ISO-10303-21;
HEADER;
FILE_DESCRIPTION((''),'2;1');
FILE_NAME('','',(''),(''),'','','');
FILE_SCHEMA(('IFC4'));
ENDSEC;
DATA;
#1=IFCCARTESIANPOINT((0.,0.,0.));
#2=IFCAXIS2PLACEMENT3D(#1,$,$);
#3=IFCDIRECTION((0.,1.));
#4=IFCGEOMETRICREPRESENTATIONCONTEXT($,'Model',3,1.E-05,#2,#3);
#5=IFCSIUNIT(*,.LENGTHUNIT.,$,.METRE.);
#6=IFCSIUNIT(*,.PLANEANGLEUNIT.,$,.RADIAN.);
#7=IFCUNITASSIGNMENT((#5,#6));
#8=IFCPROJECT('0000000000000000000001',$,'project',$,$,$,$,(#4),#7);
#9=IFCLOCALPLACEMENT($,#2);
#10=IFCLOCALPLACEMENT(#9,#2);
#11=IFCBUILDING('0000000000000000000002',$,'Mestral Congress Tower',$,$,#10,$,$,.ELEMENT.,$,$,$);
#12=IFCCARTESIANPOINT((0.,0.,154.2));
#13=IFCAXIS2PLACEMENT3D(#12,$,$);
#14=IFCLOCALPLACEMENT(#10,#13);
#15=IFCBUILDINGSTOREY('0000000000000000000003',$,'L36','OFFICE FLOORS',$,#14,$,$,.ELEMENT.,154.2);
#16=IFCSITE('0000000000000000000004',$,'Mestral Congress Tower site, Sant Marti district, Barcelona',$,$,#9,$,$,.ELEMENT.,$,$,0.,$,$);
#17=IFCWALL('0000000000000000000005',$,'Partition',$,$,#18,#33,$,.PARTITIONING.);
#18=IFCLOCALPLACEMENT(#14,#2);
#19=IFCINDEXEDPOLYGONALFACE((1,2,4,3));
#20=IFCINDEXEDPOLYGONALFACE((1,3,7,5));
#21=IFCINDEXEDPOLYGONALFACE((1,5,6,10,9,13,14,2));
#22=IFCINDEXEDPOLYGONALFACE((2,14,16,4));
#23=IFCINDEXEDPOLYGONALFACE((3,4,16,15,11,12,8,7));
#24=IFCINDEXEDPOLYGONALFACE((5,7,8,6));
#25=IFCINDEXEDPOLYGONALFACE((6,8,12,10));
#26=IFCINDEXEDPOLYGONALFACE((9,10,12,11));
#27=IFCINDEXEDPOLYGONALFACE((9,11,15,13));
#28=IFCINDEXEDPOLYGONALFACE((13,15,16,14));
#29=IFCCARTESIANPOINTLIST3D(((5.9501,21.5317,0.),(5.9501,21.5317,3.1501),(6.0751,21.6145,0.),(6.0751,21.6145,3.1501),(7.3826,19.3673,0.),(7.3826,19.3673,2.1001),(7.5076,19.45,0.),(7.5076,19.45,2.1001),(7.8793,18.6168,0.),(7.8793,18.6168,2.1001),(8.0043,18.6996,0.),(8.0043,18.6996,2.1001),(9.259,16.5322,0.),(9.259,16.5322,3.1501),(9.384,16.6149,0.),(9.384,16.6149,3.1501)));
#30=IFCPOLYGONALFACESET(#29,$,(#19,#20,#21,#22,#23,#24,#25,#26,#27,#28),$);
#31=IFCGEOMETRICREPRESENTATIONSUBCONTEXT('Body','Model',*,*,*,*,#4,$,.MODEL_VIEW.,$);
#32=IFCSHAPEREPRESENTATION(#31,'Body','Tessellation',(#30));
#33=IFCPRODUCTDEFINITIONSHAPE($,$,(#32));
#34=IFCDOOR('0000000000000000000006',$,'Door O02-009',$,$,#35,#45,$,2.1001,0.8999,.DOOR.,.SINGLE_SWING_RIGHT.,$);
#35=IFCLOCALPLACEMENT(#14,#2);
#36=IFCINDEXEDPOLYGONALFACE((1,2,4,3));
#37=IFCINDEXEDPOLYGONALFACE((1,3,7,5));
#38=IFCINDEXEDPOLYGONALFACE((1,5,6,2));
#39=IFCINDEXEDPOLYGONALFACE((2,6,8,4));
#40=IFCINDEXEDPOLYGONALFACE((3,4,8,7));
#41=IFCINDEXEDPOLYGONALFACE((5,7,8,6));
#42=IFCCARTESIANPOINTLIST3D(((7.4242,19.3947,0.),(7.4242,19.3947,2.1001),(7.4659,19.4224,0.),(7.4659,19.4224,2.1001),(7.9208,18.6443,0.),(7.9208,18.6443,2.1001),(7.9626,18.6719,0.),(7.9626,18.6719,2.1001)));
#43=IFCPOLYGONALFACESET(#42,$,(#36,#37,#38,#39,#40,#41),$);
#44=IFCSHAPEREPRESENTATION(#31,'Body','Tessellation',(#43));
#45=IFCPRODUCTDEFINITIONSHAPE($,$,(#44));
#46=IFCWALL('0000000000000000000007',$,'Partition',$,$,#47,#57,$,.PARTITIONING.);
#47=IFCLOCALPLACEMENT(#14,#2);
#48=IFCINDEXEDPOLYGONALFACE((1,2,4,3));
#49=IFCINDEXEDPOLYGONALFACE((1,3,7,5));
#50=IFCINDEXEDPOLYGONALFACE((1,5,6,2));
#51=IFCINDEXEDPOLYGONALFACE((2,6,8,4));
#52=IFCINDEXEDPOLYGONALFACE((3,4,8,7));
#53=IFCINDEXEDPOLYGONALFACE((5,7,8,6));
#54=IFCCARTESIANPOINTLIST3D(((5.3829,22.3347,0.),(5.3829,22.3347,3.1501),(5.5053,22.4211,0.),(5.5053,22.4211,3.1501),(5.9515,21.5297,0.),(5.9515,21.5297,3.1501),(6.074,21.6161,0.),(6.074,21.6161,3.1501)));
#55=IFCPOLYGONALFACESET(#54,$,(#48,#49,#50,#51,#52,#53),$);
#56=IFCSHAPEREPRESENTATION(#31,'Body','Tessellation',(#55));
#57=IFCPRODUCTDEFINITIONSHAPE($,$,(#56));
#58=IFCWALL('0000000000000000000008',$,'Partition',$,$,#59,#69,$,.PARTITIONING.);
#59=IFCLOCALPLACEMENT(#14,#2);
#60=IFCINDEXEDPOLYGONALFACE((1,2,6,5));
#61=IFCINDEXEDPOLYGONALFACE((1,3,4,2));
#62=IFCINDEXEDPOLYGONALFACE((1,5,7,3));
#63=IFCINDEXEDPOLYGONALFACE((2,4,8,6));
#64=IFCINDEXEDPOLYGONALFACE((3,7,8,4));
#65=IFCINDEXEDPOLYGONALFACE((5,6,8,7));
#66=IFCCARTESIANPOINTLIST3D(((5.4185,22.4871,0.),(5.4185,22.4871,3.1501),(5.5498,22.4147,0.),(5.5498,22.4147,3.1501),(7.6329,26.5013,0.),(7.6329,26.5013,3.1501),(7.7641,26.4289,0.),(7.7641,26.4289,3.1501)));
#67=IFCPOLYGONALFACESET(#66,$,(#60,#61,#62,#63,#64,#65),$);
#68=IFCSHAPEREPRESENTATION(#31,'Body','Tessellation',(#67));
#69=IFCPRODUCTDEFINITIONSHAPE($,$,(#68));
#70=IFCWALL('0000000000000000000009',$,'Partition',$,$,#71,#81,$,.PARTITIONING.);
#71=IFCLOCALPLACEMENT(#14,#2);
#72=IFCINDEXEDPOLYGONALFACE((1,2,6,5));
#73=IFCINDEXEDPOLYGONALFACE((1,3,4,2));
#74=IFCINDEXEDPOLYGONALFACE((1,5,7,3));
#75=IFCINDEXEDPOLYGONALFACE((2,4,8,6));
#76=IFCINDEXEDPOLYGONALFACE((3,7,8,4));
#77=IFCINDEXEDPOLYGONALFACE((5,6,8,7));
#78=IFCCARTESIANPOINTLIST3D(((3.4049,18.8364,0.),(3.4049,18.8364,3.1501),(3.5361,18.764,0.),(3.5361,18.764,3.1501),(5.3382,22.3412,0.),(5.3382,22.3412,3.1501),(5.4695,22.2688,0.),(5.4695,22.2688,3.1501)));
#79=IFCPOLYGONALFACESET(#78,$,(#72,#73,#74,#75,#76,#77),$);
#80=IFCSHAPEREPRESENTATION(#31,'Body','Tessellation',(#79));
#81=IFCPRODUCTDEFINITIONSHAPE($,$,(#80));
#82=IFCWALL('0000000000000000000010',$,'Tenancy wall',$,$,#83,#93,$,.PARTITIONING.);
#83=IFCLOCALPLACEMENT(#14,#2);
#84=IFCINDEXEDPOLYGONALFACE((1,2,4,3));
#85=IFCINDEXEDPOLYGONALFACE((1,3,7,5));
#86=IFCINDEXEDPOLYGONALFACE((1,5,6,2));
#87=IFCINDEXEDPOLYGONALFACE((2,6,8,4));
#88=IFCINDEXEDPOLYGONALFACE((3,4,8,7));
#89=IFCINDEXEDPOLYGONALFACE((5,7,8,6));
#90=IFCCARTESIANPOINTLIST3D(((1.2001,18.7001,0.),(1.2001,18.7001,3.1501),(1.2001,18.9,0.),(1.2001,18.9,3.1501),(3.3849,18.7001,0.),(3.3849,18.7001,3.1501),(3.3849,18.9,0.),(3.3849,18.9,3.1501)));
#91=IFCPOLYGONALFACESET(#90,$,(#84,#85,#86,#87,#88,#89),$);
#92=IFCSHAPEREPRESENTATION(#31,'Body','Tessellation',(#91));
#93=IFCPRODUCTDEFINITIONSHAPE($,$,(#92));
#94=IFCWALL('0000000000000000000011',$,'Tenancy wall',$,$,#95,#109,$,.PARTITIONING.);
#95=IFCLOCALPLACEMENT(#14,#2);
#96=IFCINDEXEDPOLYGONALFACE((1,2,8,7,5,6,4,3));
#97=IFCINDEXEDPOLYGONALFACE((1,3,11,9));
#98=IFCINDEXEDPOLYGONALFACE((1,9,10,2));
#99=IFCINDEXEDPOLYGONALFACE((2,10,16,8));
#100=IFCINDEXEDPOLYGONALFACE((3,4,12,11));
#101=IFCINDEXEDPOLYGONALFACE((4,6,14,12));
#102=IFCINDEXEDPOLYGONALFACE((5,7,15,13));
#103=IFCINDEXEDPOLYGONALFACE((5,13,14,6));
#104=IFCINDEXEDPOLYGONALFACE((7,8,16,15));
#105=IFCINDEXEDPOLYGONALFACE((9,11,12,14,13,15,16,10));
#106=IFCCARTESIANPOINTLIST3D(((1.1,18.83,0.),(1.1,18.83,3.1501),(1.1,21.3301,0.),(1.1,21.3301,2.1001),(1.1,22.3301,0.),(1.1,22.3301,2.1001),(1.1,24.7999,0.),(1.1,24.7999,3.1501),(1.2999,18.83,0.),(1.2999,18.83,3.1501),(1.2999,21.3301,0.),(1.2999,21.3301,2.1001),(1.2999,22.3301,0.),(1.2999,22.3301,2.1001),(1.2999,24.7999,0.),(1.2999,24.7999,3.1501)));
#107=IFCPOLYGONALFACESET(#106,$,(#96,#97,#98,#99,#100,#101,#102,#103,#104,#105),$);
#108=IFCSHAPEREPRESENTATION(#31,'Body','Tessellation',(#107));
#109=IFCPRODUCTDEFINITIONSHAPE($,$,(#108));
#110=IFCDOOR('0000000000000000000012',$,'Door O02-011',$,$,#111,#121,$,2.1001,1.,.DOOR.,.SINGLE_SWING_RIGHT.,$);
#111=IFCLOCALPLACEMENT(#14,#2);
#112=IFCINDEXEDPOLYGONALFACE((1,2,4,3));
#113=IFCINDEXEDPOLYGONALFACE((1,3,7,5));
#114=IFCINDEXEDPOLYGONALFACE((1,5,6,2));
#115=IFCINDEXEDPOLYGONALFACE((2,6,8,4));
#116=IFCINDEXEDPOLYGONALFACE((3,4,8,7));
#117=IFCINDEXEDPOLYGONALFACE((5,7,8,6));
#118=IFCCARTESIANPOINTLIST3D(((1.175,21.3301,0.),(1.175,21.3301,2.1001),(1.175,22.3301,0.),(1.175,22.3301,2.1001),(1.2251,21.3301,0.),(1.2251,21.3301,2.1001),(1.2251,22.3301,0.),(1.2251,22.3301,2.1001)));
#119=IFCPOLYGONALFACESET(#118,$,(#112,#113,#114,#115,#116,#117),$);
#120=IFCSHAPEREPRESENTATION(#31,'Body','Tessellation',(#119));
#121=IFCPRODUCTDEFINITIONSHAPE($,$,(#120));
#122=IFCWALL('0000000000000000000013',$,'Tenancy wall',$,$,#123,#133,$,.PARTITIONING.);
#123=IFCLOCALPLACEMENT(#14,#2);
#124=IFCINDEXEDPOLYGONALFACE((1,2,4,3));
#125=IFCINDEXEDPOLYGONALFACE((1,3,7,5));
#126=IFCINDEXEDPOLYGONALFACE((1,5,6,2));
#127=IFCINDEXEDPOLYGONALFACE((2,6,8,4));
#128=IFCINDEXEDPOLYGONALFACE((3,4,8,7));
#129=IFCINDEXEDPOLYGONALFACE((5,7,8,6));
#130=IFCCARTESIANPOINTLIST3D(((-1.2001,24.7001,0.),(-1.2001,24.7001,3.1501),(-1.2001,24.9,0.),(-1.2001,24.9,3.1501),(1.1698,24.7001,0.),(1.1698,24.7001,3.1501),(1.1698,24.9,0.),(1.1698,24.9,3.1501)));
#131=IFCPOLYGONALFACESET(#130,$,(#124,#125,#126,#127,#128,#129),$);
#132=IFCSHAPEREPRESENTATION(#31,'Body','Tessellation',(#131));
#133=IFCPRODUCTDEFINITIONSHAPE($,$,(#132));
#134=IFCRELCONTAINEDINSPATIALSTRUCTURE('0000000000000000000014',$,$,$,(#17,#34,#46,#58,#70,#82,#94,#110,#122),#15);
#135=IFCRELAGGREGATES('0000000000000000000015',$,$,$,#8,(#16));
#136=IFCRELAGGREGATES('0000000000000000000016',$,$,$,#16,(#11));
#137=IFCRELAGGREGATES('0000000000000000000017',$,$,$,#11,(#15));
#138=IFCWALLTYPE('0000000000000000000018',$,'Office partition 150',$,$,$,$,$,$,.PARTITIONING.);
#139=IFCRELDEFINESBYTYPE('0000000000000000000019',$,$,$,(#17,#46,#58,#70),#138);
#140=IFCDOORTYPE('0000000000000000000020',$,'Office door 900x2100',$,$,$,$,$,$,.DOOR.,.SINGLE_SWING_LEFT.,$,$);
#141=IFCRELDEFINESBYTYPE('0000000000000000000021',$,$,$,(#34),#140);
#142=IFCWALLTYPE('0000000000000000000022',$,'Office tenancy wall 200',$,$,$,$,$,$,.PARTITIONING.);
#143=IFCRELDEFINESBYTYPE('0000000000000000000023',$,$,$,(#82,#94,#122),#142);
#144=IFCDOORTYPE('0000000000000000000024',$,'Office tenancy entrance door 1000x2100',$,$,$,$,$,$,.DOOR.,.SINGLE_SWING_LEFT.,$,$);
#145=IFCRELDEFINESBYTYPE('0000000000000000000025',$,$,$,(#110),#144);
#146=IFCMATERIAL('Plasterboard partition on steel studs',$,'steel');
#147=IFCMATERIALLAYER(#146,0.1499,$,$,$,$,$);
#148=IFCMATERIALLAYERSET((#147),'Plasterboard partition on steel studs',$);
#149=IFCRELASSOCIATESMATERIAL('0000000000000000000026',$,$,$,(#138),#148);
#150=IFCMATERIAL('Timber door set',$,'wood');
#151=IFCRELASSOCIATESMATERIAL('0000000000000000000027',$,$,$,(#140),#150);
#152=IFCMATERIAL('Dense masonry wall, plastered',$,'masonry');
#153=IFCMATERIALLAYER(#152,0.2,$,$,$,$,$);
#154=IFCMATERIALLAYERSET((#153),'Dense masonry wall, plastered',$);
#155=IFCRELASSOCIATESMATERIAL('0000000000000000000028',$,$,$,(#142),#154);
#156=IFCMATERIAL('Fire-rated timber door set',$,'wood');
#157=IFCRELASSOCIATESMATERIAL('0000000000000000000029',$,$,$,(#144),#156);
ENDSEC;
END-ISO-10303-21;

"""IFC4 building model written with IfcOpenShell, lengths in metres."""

from ifc_helpers import new_model, si_unit, direction, frame, frame_2d, origin, place, context, subcontext, project, spatial, rectangle, extrude, material, layer, layer_set, type_object, element, fill, save


model = new_model("IFC4")

# Units and contexts
model_context = context("Model", 3, precision=1e-05, world=origin(), true_north=direction((0.0, 1.0)))
body_context = subcontext(model_context, "Body", "Model", "MODEL_VIEW")
ifc_project = project(units=[si_unit("LENGTHUNIT", "METRE"), si_unit("PLANEANGLEUNIT", "RADIAN")], contexts=[model_context])

# Site, building, storey
site_placement = place(None, origin())
site = spatial("IfcSite", under=ifc_project, at=site_placement, Name="Mestral Congress Tower site, Sant Marti district, Barcelona", CompositionType="ELEMENT", RefElevation=0.0)
building_placement = place(site_placement, origin())
building = spatial("IfcBuilding", under=site, at=building_placement, Name="Mestral Congress Tower", CompositionType="ELEMENT")
storey_placement = place(building_placement, frame((0.0, 0.0, 154.2)))
storey = spatial("IfcBuildingStorey", under=building, at=storey_placement, Name="L36", Description="OFFICE FLOORS", CompositionType="ELEMENT", Elevation=154.2)

# Wall, opening, door
ifc_material_1 = material(Name="Plasterboard partition on steel studs", Category="steel")
ifc_layer_1 = layer(ifc_material_1, 0.1499)
ifc_layer_set_1 = layer_set([ifc_layer_1], Name="Plasterboard partition on steel studs")
wall_type_1 = type_object("IfcWallType", Name="Office partition 150", PredefinedType="PARTITIONING", material=ifc_layer_set_1)
wall_1_placement = place(storey_placement, frame((6.0127, 21.573, 0.0), z_axis=(0.0, 0.0, 1.0), x_axis=(0.551906, -0.833906, 0.0)))
wall_1 = element("IfcWall", 1, at=wall_1_placement, inside=storey, type_object=wall_type_1, Name="Partition", PredefinedType="PARTITIONING", context=body_context, shape_type="SweptSolid", body=[
    extrude(rectangle(XDim=5.9954, YDim=0.1499, at=frame_2d((2.9976, 0.0))), origin(), (0.0, 0.0, 1.0), 3.1501),
])
opening_1_placement = place(wall_1_placement, frame((2.5955, 0.0, 0.0)))
opening_1 = element("IfcOpeningElement", 2, at=opening_1_placement, cuts=wall_1, PredefinedType="OPENING", context=body_context, shape_type="SweptSolid", body=[
    extrude(rectangle(XDim=0.8999, YDim=2.1001, at=frame_2d((0.45, 1.05))), frame((0.0, 0.085, 0.0), z_axis=(0.0, -1.0, 0.0), x_axis=(1.0, 0.0, 0.0)), (0.0, 0.0, 1.0), 0.1699),
])
ifc_material_2 = material(Name="Timber door set", Category="wood")
door_type_1 = type_object("IfcDoorType", Name="Office door 900x2100", OperationType="SINGLE_SWING_LEFT", PredefinedType="DOOR", material=ifc_material_2)
door_1_placement = place(opening_1_placement, origin())
door_1 = element("IfcDoor", 3, at=door_1_placement, inside=storey, type_object=door_type_1, Name="Door O02-009", OperationType="SINGLE_SWING_RIGHT", OverallHeight=2.1001, OverallWidth=0.8999, PredefinedType="DOOR", context=body_context, shape_type="SweptSolid", body=[
    extrude(rectangle(XDim=0.8999, YDim=2.1001, at=frame_2d((0.45, 1.05))), frame((0.0, 0.0249, 0.0), z_axis=(0.0, -1.0, 0.0), x_axis=(1.0, 0.0, 0.0)), (0.0, 0.0, 1.0), 0.05),
])
fill(opening_1, door_1)

# Walls
wall_2_placement = place(storey_placement, frame((6.0127, 21.573, 0.0), z_axis=(0.0, 0.0, 1.0), x_axis=(-0.576965, 0.816769, 0.0)))
element("IfcWall", 4, at=wall_2_placement, inside=storey, type_object=wall_type_1, Name="Partition", PredefinedType="PARTITIONING", context=body_context, shape_type="SweptSolid", body=[
    extrude(rectangle(XDim=0.9856, YDim=0.1499, at=frame_2d((0.4927, 0.0))), origin(), (0.0, 0.0, 1.0), 3.1501),
])
wall_3_placement = place(storey_placement, frame((5.4841, 22.4509, 0.0), z_axis=(0.0, 0.0, 1.0), x_axis=(0.483018, 0.87561, 0.0)))
element("IfcWall", 5, at=wall_3_placement, inside=storey, type_object=wall_type_1, Name="Partition", PredefinedType="PARTITIONING", context=body_context, shape_type="SweptSolid", body=[
    extrude(rectangle(XDim=4.5845, YDim=0.1499, at=frame_2d((2.2922, 0.0))), origin(), (0.0, 0.0, 1.0), 3.1501),
])
wall_4_placement = place(storey_placement, frame((3.4705, 18.8, 0.0), z_axis=(0.0, 0.0, 1.0), x_axis=(0.483005, 0.875618, 0.0)))
element("IfcWall", 6, at=wall_4_placement, inside=storey, type_object=wall_type_1, Name="Partition", PredefinedType="PARTITIONING", context=body_context, shape_type="SweptSolid", body=[
    extrude(rectangle(XDim=4.0027, YDim=0.1499, at=frame_2d((2.0015, 0.0))), origin(), (0.0, 0.0, 1.0), 3.1501),
])
ifc_material_3 = material(Name="Dense masonry wall, plastered", Category="masonry")
ifc_layer_2 = layer(ifc_material_3, 0.2)
ifc_layer_set_2 = layer_set([ifc_layer_2], Name="Dense masonry wall, plastered")
wall_type_2 = type_object("IfcWallType", Name="Office tenancy wall 200", PredefinedType="PARTITIONING", material=ifc_layer_set_2)
wall_5_placement = place(storey_placement, frame((3.3848, 18.8, 0.0), z_axis=(0.0, 0.0, 1.0), x_axis=(-1.0, 0.0, 0.0)))
element("IfcWall", 7, at=wall_5_placement, inside=storey, type_object=wall_type_2, Name="Tenancy wall", PredefinedType="PARTITIONING", context=body_context, shape_type="SweptSolid", body=[
    extrude(rectangle(XDim=2.1848, YDim=0.2, at=frame_2d((1.0923, 0.0))), origin(), (0.0, 0.0, 1.0), 3.1501),
])

# Wall, opening, door
wall_6_placement = place(storey_placement, frame((1.2, 18.8301, 0.0), z_axis=(0.0, 0.0, 1.0), x_axis=(0.0, 1.0, 0.0)))
wall_6 = element("IfcWall", 8, at=wall_6_placement, inside=storey, type_object=wall_type_2, Name="Tenancy wall", PredefinedType="PARTITIONING", context=body_context, shape_type="SweptSolid", body=[
    extrude(rectangle(XDim=5.97, YDim=0.2, at=frame_2d((2.9849, 0.0))), origin(), (0.0, 0.0, 1.0), 3.1501),
])
opening_2_placement = place(wall_6_placement, frame((2.5, 0.0, 0.0)))
opening_2 = element("IfcOpeningElement", 9, at=opening_2_placement, cuts=wall_6, PredefinedType="OPENING", context=body_context, shape_type="SweptSolid", body=[
    extrude(rectangle(XDim=1.0, YDim=2.1001, at=frame_2d((0.5, 1.05))), frame((0.0, 0.1099, 0.0), z_axis=(0.0, -1.0, 0.0), x_axis=(1.0, 0.0, 0.0)), (0.0, 0.0, 1.0), 0.22),
])
ifc_material_4 = material(Name="Fire-rated timber door set", Category="wood")
door_type_2 = type_object("IfcDoorType", Name="Office tenancy entrance door 1000x2100", OperationType="SINGLE_SWING_LEFT", PredefinedType="DOOR", material=ifc_material_4)
door_2_placement = place(opening_2_placement, origin())
door_2 = element("IfcDoor", 10, at=door_2_placement, inside=storey, type_object=door_type_2, Name="Door O02-011", OperationType="SINGLE_SWING_RIGHT", OverallHeight=2.1001, OverallWidth=1.0, PredefinedType="DOOR", context=body_context, shape_type="SweptSolid", body=[
    extrude(rectangle(XDim=1.0, YDim=2.1001, at=frame_2d((0.5, 1.05))), frame((0.0, 0.0249, 0.0), z_axis=(0.0, -1.0, 0.0), x_axis=(1.0, 0.0, 0.0)), (0.0, 0.0, 1.0), 0.05),
])
fill(opening_2, door_2)

# Wall
wall_7_placement = place(storey_placement, frame((1.1699, 24.8, 0.0), z_axis=(0.0, 0.0, 1.0), x_axis=(-1.0, 0.0, 0.0)))
element("IfcWall", 11, at=wall_7_placement, inside=storey, type_object=wall_type_2, Name="Tenancy wall", PredefinedType="PARTITIONING", context=body_context, shape_type="SweptSolid", body=[
    extrude(rectangle(XDim=2.3699, YDim=0.2, at=frame_2d((1.1851, 0.0))), origin(), (0.0, 0.0, 1.0), 3.1501),
])

save(model, "model.ifc")
